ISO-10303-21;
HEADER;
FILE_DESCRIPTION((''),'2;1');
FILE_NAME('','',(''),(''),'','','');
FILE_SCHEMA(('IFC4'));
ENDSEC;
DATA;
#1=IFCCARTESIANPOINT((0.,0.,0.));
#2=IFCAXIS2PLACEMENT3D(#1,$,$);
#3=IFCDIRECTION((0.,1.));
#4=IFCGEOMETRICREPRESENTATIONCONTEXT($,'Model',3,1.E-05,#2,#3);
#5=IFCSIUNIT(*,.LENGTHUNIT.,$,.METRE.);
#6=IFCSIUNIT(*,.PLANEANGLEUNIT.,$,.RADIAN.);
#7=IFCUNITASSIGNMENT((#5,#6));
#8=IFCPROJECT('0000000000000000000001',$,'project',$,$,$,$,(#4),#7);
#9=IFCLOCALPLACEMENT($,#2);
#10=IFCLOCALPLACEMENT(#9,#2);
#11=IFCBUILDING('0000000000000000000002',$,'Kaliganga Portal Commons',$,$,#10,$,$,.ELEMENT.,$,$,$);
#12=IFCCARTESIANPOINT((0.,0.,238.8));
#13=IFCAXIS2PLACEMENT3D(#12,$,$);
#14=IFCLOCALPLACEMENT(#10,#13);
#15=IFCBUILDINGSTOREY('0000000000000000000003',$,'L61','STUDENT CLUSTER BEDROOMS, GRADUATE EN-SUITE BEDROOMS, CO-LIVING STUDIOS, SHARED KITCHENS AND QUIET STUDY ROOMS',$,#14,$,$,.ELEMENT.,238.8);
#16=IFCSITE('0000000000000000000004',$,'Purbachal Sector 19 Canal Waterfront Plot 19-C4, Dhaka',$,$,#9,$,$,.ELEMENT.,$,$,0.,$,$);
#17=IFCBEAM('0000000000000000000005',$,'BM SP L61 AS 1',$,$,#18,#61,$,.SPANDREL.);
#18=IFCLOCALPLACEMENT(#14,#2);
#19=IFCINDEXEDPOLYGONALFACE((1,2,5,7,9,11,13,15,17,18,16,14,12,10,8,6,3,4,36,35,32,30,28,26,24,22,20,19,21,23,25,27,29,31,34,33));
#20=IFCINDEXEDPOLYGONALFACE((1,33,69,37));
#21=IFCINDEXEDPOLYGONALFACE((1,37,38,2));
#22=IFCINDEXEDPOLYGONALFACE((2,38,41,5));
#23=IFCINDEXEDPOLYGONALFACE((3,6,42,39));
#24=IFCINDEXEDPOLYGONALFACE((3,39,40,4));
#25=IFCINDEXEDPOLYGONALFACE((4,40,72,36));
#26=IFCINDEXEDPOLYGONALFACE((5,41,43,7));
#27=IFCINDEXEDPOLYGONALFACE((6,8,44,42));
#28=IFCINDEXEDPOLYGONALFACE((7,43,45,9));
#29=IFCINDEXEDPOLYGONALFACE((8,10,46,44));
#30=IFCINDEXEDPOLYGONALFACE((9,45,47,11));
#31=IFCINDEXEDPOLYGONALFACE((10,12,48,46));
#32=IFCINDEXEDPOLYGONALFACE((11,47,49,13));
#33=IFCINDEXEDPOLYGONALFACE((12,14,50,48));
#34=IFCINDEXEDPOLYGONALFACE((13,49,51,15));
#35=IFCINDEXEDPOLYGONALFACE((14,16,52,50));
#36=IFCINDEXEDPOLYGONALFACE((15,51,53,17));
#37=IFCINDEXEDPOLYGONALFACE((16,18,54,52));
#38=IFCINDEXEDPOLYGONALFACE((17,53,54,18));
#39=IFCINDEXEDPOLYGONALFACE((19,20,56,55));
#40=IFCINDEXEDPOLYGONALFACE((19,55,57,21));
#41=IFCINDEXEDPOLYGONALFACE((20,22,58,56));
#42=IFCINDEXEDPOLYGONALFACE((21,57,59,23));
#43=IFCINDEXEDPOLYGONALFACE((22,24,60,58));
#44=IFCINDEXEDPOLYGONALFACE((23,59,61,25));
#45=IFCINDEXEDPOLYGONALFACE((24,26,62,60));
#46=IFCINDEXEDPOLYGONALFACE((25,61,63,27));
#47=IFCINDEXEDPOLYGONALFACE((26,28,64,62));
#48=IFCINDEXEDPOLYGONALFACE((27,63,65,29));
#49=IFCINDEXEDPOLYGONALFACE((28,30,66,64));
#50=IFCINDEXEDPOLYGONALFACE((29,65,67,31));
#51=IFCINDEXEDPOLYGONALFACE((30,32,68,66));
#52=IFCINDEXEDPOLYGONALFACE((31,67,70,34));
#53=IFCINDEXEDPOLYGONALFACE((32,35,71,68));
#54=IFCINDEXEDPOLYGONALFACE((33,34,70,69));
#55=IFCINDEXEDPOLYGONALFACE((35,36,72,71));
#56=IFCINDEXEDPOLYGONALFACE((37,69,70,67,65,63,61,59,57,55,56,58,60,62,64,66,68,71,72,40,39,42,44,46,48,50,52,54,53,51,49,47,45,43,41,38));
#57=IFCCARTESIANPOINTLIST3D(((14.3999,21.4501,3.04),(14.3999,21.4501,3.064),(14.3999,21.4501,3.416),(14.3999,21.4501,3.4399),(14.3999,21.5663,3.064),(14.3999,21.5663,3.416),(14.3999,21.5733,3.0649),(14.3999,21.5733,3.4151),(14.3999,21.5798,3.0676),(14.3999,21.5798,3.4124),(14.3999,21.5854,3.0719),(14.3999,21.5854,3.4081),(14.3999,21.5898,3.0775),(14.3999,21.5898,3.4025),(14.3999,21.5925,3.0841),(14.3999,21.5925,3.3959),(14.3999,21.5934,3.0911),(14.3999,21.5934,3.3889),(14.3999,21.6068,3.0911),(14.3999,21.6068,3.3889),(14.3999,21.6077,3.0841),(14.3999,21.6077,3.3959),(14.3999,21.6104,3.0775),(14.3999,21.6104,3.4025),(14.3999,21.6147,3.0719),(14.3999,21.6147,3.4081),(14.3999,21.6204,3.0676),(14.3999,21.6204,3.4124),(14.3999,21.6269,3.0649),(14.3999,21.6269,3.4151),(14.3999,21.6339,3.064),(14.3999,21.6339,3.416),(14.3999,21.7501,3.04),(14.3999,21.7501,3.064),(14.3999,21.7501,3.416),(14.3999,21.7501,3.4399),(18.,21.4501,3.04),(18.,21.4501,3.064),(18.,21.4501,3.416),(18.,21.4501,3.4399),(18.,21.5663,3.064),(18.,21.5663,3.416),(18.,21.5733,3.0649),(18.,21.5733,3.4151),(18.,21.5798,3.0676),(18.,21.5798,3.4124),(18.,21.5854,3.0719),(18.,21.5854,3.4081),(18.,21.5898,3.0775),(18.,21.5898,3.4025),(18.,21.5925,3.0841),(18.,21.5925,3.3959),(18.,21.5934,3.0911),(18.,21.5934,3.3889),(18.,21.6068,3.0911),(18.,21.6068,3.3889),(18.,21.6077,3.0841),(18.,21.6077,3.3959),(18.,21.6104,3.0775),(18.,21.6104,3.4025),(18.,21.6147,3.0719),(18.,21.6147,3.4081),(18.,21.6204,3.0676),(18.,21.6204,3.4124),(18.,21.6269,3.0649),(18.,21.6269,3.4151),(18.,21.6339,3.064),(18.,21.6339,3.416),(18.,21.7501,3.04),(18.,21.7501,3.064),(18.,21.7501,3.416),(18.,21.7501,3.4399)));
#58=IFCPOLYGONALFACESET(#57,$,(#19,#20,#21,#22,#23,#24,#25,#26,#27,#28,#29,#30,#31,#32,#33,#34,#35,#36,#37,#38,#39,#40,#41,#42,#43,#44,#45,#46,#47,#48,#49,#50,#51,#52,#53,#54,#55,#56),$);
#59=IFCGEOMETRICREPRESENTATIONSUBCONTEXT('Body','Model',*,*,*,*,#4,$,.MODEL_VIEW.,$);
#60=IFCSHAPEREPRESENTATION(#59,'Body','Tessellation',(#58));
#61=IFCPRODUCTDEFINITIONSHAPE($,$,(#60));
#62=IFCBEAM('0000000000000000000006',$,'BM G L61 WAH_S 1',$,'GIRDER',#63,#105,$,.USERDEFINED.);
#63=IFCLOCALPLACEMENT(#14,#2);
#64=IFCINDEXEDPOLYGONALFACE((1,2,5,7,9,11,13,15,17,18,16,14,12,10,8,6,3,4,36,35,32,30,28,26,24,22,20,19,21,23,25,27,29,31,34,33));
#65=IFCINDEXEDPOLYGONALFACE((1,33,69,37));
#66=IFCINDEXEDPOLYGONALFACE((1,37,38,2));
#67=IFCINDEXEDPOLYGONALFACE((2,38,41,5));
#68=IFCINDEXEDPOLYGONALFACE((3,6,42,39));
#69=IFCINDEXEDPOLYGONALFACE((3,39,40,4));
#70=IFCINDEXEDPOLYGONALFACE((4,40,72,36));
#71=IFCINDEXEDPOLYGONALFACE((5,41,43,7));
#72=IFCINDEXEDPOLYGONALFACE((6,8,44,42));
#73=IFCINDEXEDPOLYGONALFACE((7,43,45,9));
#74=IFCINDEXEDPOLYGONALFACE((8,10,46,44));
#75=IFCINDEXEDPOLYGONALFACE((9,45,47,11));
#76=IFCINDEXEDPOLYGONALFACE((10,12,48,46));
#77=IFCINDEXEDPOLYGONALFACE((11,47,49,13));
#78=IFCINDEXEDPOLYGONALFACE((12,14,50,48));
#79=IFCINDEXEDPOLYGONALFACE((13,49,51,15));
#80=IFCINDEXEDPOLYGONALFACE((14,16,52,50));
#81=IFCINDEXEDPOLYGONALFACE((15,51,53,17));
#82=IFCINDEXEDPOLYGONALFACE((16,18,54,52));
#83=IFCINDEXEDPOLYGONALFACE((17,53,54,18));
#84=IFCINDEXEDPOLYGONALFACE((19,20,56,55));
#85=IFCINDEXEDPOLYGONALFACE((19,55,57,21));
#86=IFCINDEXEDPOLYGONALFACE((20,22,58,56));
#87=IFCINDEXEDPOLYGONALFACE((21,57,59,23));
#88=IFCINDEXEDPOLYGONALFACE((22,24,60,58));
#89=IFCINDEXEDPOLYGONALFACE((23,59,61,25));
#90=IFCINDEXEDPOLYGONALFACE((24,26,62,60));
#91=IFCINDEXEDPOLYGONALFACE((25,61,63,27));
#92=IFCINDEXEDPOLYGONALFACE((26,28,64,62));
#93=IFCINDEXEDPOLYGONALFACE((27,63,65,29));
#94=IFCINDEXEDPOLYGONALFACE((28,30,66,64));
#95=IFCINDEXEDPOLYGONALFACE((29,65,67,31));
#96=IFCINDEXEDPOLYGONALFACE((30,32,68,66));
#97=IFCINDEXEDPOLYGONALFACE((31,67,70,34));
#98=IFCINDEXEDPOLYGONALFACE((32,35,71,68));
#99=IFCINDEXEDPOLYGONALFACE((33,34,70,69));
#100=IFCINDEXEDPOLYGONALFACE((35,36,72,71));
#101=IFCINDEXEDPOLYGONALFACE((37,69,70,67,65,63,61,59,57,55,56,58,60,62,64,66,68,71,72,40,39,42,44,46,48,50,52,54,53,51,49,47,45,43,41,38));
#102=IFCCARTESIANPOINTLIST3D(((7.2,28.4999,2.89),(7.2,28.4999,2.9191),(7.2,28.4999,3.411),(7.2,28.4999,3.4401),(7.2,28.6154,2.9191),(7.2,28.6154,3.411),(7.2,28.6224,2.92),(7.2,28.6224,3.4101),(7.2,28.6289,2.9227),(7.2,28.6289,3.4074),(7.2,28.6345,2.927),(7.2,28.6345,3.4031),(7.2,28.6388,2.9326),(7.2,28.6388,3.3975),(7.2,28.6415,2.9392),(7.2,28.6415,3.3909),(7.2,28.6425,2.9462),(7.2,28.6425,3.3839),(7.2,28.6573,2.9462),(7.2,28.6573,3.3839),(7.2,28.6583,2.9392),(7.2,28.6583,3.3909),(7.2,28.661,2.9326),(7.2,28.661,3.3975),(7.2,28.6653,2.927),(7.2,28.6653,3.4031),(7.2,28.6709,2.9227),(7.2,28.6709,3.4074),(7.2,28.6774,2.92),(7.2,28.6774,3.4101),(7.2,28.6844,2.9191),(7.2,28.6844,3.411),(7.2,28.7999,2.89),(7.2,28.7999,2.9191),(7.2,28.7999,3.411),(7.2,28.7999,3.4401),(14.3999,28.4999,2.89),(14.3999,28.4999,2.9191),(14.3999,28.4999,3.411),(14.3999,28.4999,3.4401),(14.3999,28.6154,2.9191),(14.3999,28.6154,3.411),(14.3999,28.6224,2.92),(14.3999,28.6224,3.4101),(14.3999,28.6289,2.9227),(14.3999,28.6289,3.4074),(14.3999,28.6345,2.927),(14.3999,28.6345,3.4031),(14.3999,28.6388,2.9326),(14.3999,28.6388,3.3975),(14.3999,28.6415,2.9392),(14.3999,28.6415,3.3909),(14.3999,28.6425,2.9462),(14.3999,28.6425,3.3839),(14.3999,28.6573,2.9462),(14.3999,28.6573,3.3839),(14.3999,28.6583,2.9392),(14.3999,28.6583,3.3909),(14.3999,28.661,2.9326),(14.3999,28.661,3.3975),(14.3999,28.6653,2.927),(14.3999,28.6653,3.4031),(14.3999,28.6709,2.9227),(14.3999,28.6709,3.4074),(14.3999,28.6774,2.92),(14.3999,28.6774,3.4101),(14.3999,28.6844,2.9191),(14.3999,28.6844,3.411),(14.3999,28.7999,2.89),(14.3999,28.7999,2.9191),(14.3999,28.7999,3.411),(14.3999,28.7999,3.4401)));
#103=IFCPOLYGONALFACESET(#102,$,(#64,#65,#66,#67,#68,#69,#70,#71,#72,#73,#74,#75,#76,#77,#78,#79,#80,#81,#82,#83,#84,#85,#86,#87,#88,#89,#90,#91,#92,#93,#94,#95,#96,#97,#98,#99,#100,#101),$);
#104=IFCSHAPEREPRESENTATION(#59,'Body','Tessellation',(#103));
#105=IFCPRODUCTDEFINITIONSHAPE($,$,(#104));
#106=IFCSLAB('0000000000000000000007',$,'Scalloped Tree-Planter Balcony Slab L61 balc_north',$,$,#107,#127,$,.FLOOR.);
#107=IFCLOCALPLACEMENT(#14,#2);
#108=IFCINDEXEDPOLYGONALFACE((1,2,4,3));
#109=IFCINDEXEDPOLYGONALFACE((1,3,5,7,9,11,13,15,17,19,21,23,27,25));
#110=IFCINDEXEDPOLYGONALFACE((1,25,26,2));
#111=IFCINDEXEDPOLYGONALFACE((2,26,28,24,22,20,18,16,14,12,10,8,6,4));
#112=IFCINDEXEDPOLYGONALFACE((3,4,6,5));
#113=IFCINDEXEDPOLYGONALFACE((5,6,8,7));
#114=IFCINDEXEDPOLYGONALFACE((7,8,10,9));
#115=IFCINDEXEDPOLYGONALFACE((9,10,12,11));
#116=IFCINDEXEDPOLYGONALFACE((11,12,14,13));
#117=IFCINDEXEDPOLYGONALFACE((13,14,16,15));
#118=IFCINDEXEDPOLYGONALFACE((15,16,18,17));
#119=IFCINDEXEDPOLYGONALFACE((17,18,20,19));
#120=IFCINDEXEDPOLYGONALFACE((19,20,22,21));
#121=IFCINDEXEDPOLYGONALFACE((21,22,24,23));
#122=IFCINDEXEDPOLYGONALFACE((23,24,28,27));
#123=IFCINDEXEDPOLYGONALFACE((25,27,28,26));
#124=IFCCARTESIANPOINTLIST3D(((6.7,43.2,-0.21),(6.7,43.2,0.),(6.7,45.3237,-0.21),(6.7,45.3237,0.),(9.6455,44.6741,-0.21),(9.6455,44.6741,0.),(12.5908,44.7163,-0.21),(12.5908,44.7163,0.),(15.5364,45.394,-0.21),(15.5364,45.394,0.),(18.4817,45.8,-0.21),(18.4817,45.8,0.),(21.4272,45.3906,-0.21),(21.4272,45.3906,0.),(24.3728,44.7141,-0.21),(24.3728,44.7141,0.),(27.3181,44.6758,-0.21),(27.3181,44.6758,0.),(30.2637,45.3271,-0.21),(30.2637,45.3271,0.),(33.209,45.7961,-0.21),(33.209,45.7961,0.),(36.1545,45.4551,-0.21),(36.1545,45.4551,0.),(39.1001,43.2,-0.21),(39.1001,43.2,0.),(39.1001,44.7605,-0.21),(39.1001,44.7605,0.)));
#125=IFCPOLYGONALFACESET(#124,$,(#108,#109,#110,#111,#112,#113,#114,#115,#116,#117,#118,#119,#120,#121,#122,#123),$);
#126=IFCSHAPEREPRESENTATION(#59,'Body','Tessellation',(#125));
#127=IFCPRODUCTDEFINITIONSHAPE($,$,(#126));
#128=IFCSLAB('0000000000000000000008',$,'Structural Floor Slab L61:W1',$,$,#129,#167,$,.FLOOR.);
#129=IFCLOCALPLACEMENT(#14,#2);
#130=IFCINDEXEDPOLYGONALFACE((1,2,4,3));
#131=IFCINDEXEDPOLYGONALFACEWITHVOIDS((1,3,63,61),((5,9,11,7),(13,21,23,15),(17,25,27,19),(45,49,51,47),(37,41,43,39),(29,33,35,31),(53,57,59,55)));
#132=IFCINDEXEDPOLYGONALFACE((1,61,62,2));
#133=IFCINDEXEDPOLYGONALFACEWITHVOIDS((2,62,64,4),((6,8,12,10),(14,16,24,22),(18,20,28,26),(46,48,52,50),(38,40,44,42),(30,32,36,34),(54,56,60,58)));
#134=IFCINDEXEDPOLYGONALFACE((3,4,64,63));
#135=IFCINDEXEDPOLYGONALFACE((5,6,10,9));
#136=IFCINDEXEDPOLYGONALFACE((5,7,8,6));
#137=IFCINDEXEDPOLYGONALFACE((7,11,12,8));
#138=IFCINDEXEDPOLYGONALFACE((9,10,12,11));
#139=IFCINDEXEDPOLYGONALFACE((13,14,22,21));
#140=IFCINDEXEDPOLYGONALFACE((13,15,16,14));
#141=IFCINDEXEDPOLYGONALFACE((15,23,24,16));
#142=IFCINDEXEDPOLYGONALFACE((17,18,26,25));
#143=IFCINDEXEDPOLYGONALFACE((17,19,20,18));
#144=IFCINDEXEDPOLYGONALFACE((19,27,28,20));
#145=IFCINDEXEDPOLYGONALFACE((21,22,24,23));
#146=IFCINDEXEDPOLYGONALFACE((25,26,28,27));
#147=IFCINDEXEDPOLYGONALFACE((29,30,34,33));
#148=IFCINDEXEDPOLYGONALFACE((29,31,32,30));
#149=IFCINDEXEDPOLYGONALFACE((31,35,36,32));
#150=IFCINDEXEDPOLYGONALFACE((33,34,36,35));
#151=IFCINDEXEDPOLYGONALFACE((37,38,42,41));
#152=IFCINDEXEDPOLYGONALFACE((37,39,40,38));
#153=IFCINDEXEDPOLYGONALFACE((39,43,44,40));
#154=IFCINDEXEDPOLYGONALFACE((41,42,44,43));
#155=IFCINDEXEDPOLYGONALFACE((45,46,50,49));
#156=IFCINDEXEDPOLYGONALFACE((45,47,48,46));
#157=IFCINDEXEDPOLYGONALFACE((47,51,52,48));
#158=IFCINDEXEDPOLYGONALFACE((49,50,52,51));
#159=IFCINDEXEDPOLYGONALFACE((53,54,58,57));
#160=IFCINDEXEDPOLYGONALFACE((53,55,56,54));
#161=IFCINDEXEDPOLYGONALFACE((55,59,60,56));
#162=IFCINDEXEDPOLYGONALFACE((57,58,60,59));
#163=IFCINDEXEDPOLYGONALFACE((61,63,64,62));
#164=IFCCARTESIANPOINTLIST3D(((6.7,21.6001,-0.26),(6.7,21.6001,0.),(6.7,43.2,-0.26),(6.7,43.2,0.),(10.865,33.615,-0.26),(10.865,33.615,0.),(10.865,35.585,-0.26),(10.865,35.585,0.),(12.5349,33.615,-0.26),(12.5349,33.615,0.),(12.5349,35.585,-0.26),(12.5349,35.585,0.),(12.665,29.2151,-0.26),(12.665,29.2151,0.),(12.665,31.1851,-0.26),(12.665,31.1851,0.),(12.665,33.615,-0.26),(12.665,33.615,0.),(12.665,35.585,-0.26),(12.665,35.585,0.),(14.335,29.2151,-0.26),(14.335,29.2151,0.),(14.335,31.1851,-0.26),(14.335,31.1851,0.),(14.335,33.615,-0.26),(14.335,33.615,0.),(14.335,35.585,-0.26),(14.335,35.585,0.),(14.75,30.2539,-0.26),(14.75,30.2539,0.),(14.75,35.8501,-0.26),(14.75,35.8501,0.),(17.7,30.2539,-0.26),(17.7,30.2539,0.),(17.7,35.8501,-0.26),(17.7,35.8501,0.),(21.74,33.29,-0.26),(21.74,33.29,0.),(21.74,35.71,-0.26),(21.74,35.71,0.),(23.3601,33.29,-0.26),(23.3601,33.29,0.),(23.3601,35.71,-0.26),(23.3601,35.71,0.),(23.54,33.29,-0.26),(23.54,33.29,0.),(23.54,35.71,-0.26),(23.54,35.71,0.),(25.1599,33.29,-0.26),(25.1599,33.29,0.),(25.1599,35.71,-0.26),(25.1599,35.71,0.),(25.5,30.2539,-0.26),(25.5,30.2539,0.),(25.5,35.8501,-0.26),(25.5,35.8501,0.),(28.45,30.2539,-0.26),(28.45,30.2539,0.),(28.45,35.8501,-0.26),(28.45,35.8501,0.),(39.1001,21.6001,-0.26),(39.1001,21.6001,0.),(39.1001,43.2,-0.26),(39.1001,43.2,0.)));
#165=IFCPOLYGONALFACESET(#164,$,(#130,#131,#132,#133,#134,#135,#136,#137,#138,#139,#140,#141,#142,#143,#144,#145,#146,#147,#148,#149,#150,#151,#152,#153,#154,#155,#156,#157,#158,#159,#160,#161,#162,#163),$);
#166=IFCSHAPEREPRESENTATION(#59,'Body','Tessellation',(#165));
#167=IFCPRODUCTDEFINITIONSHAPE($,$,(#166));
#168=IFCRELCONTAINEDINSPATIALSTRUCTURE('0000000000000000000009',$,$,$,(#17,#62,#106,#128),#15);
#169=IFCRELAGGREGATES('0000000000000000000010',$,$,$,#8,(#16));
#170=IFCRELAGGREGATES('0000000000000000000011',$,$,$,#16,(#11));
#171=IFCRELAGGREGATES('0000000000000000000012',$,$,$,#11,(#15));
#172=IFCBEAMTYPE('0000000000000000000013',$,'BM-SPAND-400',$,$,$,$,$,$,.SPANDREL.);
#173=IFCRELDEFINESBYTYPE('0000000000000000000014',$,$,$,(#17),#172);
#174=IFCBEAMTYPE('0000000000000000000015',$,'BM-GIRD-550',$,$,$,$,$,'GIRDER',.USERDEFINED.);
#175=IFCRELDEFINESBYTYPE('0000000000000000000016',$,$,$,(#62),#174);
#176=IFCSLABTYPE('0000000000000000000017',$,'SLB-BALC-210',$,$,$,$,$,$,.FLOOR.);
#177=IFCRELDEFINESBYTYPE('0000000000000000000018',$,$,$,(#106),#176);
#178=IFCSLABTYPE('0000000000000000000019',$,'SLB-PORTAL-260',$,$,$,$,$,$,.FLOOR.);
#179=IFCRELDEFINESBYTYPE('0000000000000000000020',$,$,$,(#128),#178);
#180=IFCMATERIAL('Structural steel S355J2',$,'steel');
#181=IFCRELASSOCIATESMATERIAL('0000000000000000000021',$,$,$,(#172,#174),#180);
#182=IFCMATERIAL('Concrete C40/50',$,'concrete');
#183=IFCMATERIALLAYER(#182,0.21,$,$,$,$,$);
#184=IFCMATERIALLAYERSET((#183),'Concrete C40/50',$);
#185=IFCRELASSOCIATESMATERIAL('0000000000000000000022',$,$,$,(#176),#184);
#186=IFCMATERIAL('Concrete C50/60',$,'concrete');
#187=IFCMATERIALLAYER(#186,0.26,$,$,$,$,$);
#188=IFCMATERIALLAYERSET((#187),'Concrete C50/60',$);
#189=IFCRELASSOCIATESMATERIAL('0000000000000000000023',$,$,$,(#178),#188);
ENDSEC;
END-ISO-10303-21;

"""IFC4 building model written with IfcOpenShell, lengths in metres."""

from ifc_helpers import new_model, si_unit, direction, frame, origin, origin_2d, place, context, subcontext, project, spatial, polyline, i_section, outline, extrude, source, transform, mapped, material, layer, layer_set, material_profile, profile_set, type_object, element, save


model = new_model("IFC4")

# Units and contexts
model_context = context("Model", 3, precision=1e-05, world=origin(), true_north=direction((0.0, 1.0)))
body_context = subcontext(model_context, "Body", "Model", "MODEL_VIEW")
ifc_project = project(units=[si_unit("LENGTHUNIT", "METRE"), si_unit("PLANEANGLEUNIT", "RADIAN")], contexts=[model_context])

# Site, building, storey
site_placement = place(None, origin())
site = spatial("IfcSite", under=ifc_project, at=site_placement, Name="Purbachal Sector 19 Canal Waterfront Plot 19-C4, Dhaka", CompositionType="ELEMENT", RefElevation=0.0)
building_placement = place(site_placement, origin())
building = spatial("IfcBuilding", under=site, at=building_placement, Name="Kaliganga Portal Commons", CompositionType="ELEMENT")
storey_placement = place(building_placement, frame((0.0, 0.0, 238.8)))
storey = spatial("IfcBuildingStorey", under=building, at=storey_placement, Name="L61", Description="STUDENT CLUSTER BEDROOMS, GRADUATE EN-SUITE BEDROOMS, CO-LIVING STUDIOS, SHARED KITCHENS AND QUIET STUDY ROOMS", CompositionType="ELEMENT", Elevation=238.8)

# Shared definitions
ifc_material_1 = material(Name="Concrete C50/60", Category="concrete")

# Beams
ifc_material_2 = material(Name="Structural steel S355J2", Category="steel")
ifc_material_profile_1 = material_profile(ifc_material_2, i_section(OverallWidth=0.3, OverallDepth=0.3999, WebThickness=0.0134, FlangeThickness=0.0239, FilletRadius=0.0271, at=origin_2d()), Name="HE 400 B")
ifc_profile_set_1 = profile_set([ifc_material_profile_1], Name="Structural steel S355J2 wide-flange")
beam_type_1 = type_object("IfcBeamType", Name="BM-SPAND-400", PredefinedType="SPANDREL", material=ifc_profile_set_1)
shared_shape_1 = source(origin(), body_context, "Body", "SweptSolid", [
    extrude(i_section(OverallWidth=0.3, OverallDepth=0.3999, WebThickness=0.0134, FlangeThickness=0.0239, FilletRadius=0.0271, at=origin_2d()), origin(), (0.0, 0.0, 1.0), 3.6001),
])
beam_1_placement = place(storey_placement, frame((14.3999, 21.6001, 3.24), z_axis=(1.0, 0.0, 0.0), x_axis=(0.0, 1.0, 0.0)))
element("IfcBeam", 1, at=beam_1_placement, inside=storey, type_object=beam_type_1, Name="BM SP L61 AS 1", PredefinedType="SPANDREL", context=body_context, shape_type="MappedRepresentation", body=[
    mapped(shared_shape_1, transform((0.0, 0.0, 0.0), x_axis=(1.0, 0.0, 0.0), y_axis=(0.0, 1.0, 0.0), z_axis=(0.0, 0.0, 1.0), scale=1.0)),
])
ifc_material_profile_2 = material_profile(ifc_material_2, i_section(OverallWidth=0.3, OverallDepth=0.55, WebThickness=0.0149, FlangeThickness=0.0291, FilletRadius=0.0271, at=origin_2d()), Name="HE 550 B")
ifc_profile_set_2 = profile_set([ifc_material_profile_2], Name="Structural steel S355J2 wide-flange")
beam_type_2 = type_object("IfcBeamType", Name="BM-GIRD-550", ElementType="GIRDER", PredefinedType="USERDEFINED", material=ifc_profile_set_2)
shared_shape_2 = source(origin(), body_context, "Body", "SweptSolid", [
    extrude(i_section(OverallWidth=0.3, OverallDepth=0.55, WebThickness=0.0149, FlangeThickness=0.0291, FilletRadius=0.0271, at=origin_2d()), origin(), (0.0, 0.0, 1.0), 7.2),
])
beam_2_placement = place(storey_placement, frame((7.2, 28.6499, 3.165), z_axis=(1.0, 0.0, 0.0), x_axis=(0.0, 1.0, 0.0)))
element("IfcBeam", 2, at=beam_2_placement, inside=storey, type_object=beam_type_2, Name="BM G L61 WAH_S 1", ObjectType="GIRDER", PredefinedType="USERDEFINED", context=body_context, shape_type="MappedRepresentation", body=[
    mapped(shared_shape_2, transform((0.0, 0.0, 0.0), x_axis=(1.0, 0.0, 0.0), y_axis=(0.0, 1.0, 0.0), z_axis=(0.0, 0.0, 1.0), scale=1.0)),
])

# Slabs
ifc_material_3 = material(Name="Concrete C40/50", Category="concrete")
ifc_layer_1 = layer(ifc_material_3, 0.21)
ifc_layer_set_1 = layer_set([ifc_layer_1], Name="Concrete C40/50")
slab_type_1 = type_object("IfcSlabType", Name="SLB-BALC-210", PredefinedType="FLOOR", material=ifc_layer_set_1)
slab_1_placement = place(storey_placement, frame((0.0, 0.0, -0.21)))
element("IfcSlab", 3, at=slab_1_placement, inside=storey, type_object=slab_type_1, Name="Scalloped Tree-Planter Balcony Slab L61 balc_north", PredefinedType="FLOOR", context=body_context, shape_type="SweptSolid", body=[
    extrude(outline(polyline([(39.1001, 43.2), (39.1001, 44.7605), (36.1545, 45.4551), (33.209, 45.7961), (30.2637, 45.3271), (27.3181, 44.6758), (24.3728, 44.7141), (21.4272, 45.3906), (18.4817, 45.8), (15.5364, 45.394), (12.5908, 44.7163), (9.6455, 44.6741), (6.7, 45.3237), (6.7, 43.2), (39.1001, 43.2)])), origin(), (0.0, 0.0, 1.0), 0.21),
])
ifc_layer_2 = layer(ifc_material_1, 0.26)
ifc_layer_set_2 = layer_set([ifc_layer_2], Name="Concrete C50/60")
slab_type_2 = type_object("IfcSlabType", Name="SLB-PORTAL-260", PredefinedType="FLOOR", material=ifc_layer_set_2)
slab_2_placement = place(storey_placement, frame((0.0, 0.0, -0.26)))
element("IfcSlab", 4, at=slab_2_placement, inside=storey, type_object=slab_type_2, Name="Structural Floor Slab L61:W1", PredefinedType="FLOOR", context=body_context, shape_type="SweptSolid", body=[
    extrude(outline(polyline([(6.7, 21.6001), (39.1001, 21.6001), (39.1001, 43.2), (6.7, 43.2), (6.7, 21.6001)]), holes=[polyline([(14.75, 30.2539), (14.75, 35.8501), (17.7, 35.8501), (17.7, 30.2539), (14.75, 30.2539)]), polyline([(25.5, 30.2539), (25.5, 35.8501), (28.45, 35.8501), (28.45, 30.2539), (25.5, 30.2539)]), polyline([(12.665, 33.615), (12.665, 35.585), (14.335, 35.585), (14.335, 33.615), (12.665, 33.615)]), polyline([(12.665, 29.2151), (12.665, 31.1851), (14.335, 31.1851), (14.335, 29.2151), (12.665, 29.2151)]), polyline([(10.865, 33.615), (10.865, 35.585), (12.5349, 35.585), (12.5349, 33.615), (10.865, 33.615)]), polyline([(21.74, 33.29), (21.74, 35.71), (23.3601, 35.71), (23.3601, 33.29), (21.74, 33.29)]), polyline([(23.54, 33.29), (23.54, 35.71), (25.1599, 35.71), (25.1599, 33.29), (23.54, 33.29)])]), origin(), (0.0, 0.0, 1.0), 0.26),
])

save(model, "model.ifc")
